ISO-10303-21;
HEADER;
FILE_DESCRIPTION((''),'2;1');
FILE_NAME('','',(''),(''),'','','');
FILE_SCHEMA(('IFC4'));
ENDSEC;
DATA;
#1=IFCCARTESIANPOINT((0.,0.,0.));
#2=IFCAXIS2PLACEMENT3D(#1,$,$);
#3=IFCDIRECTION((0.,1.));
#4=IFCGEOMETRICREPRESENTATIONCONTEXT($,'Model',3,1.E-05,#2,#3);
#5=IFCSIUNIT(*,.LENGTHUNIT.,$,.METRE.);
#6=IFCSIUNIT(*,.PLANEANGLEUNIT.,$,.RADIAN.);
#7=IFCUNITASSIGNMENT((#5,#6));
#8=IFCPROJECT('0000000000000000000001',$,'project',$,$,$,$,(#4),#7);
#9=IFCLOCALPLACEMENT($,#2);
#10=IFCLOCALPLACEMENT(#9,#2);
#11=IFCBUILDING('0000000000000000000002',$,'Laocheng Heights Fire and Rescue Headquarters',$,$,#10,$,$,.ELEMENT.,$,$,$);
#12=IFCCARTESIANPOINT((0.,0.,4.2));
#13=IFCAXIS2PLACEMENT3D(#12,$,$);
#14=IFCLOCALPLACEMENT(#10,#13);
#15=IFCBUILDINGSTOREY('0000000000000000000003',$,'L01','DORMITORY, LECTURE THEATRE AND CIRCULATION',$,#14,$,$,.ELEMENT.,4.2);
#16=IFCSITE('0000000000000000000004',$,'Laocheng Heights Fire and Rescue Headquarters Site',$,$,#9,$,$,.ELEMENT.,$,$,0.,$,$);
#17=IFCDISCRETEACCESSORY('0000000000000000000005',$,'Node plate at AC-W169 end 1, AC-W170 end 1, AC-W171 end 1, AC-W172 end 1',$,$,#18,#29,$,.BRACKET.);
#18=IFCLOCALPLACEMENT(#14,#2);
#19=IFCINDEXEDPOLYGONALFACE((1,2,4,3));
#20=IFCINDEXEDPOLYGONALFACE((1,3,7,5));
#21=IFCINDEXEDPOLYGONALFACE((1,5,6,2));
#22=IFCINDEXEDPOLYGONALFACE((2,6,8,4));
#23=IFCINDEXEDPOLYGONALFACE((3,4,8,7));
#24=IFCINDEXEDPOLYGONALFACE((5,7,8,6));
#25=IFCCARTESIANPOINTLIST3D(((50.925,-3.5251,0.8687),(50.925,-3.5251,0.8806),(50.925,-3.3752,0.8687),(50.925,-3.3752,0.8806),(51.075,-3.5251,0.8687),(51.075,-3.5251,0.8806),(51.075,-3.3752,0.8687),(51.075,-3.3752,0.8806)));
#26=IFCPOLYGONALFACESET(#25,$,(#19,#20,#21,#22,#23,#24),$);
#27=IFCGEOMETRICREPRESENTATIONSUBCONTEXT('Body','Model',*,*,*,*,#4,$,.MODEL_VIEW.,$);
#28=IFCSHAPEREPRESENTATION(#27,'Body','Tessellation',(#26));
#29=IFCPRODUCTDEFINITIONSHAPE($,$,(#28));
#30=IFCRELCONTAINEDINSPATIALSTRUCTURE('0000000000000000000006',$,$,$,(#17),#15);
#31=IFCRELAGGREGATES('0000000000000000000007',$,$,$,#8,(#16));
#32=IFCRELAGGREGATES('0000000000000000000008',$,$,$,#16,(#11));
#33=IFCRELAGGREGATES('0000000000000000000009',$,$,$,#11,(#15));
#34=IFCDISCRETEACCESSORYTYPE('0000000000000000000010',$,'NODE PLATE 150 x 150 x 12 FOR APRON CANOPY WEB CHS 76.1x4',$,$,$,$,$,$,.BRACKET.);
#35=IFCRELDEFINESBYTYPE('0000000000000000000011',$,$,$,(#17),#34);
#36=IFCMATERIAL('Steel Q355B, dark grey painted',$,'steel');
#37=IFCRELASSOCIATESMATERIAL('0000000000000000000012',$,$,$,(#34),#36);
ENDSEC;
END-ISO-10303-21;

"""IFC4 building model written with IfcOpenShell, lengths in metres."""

from ifc_helpers import new_model, si_unit, direction, frame, origin, origin_2d, place, context, subcontext, project, spatial, rectangle, extrude, material, material_profile, profile_set, type_object, element, save


model = new_model("IFC4")

# Units and contexts
model_context = context("Model", 3, precision=1e-05, world=origin(), true_north=direction((0.0, 1.0)))
body_context = subcontext(model_context, "Body", "Model", "MODEL_VIEW")
ifc_project = project(units=[si_unit("LENGTHUNIT", "METRE"), si_unit("PLANEANGLEUNIT", "RADIAN")], contexts=[model_context])

# Site, building, storey
site_placement = place(None, origin())
site = spatial("IfcSite", under=ifc_project, at=site_placement, Name="Laocheng Heights Fire and Rescue Headquarters Site", CompositionType="ELEMENT", RefElevation=0.0)
building_placement = place(site_placement, origin())
building = spatial("IfcBuilding", under=site, at=building_placement, Name="Laocheng Heights Fire and Rescue Headquarters", CompositionType="ELEMENT")
storey_placement = place(building_placement, frame((0.0, 0.0, 4.2)))
storey = spatial("IfcBuildingStorey", under=building, at=storey_placement, Name="L01", Description="DORMITORY, LECTURE THEATRE AND CIRCULATION", CompositionType="ELEMENT", Elevation=4.2)

# Discrete accessory
ifc_material_1 = material(Name="Steel Q355B, dark grey painted", Category="steel")
ifc_material_profile_1 = material_profile(ifc_material_1, rectangle(XDim=0.1499, YDim=0.1499, at=origin_2d()), Name="NODE PLATE 150 x 150 x 12 FOR APRON CANOPY WEB CHS 76.1x4")
ifc_profile_set_1 = profile_set([ifc_material_profile_1], Name="Steel Q355B, dark grey painted")
discrete_accessory_type = type_object("IfcDiscreteAccessoryType", Name="NODE PLATE 150 x 150 x 12 FOR APRON CANOPY WEB CHS 76.1x4", PredefinedType="BRACKET", material=ifc_profile_set_1)
discrete_accessory_1_placement = place(storey_placement, frame((51.0, -3.4502, 0.8687), z_axis=(0.0, 0.0, 1.0), x_axis=(1.0, 0.0, 0.0)))
element("IfcDiscreteAccessory", 1, at=discrete_accessory_1_placement, inside=storey, type_object=discrete_accessory_type, Name="Node plate at AC-W169 end 1, AC-W170 end 1, AC-W171 end 1, AC-W172 end 1", PredefinedType="BRACKET", context=body_context, shape_type="SweptSolid", body=[
    extrude(rectangle(XDim=0.1499, YDim=0.1499, at=origin_2d()), origin(), (0.0, 0.0, 1.0), 0.012),
])

save(model, "model.ifc")
